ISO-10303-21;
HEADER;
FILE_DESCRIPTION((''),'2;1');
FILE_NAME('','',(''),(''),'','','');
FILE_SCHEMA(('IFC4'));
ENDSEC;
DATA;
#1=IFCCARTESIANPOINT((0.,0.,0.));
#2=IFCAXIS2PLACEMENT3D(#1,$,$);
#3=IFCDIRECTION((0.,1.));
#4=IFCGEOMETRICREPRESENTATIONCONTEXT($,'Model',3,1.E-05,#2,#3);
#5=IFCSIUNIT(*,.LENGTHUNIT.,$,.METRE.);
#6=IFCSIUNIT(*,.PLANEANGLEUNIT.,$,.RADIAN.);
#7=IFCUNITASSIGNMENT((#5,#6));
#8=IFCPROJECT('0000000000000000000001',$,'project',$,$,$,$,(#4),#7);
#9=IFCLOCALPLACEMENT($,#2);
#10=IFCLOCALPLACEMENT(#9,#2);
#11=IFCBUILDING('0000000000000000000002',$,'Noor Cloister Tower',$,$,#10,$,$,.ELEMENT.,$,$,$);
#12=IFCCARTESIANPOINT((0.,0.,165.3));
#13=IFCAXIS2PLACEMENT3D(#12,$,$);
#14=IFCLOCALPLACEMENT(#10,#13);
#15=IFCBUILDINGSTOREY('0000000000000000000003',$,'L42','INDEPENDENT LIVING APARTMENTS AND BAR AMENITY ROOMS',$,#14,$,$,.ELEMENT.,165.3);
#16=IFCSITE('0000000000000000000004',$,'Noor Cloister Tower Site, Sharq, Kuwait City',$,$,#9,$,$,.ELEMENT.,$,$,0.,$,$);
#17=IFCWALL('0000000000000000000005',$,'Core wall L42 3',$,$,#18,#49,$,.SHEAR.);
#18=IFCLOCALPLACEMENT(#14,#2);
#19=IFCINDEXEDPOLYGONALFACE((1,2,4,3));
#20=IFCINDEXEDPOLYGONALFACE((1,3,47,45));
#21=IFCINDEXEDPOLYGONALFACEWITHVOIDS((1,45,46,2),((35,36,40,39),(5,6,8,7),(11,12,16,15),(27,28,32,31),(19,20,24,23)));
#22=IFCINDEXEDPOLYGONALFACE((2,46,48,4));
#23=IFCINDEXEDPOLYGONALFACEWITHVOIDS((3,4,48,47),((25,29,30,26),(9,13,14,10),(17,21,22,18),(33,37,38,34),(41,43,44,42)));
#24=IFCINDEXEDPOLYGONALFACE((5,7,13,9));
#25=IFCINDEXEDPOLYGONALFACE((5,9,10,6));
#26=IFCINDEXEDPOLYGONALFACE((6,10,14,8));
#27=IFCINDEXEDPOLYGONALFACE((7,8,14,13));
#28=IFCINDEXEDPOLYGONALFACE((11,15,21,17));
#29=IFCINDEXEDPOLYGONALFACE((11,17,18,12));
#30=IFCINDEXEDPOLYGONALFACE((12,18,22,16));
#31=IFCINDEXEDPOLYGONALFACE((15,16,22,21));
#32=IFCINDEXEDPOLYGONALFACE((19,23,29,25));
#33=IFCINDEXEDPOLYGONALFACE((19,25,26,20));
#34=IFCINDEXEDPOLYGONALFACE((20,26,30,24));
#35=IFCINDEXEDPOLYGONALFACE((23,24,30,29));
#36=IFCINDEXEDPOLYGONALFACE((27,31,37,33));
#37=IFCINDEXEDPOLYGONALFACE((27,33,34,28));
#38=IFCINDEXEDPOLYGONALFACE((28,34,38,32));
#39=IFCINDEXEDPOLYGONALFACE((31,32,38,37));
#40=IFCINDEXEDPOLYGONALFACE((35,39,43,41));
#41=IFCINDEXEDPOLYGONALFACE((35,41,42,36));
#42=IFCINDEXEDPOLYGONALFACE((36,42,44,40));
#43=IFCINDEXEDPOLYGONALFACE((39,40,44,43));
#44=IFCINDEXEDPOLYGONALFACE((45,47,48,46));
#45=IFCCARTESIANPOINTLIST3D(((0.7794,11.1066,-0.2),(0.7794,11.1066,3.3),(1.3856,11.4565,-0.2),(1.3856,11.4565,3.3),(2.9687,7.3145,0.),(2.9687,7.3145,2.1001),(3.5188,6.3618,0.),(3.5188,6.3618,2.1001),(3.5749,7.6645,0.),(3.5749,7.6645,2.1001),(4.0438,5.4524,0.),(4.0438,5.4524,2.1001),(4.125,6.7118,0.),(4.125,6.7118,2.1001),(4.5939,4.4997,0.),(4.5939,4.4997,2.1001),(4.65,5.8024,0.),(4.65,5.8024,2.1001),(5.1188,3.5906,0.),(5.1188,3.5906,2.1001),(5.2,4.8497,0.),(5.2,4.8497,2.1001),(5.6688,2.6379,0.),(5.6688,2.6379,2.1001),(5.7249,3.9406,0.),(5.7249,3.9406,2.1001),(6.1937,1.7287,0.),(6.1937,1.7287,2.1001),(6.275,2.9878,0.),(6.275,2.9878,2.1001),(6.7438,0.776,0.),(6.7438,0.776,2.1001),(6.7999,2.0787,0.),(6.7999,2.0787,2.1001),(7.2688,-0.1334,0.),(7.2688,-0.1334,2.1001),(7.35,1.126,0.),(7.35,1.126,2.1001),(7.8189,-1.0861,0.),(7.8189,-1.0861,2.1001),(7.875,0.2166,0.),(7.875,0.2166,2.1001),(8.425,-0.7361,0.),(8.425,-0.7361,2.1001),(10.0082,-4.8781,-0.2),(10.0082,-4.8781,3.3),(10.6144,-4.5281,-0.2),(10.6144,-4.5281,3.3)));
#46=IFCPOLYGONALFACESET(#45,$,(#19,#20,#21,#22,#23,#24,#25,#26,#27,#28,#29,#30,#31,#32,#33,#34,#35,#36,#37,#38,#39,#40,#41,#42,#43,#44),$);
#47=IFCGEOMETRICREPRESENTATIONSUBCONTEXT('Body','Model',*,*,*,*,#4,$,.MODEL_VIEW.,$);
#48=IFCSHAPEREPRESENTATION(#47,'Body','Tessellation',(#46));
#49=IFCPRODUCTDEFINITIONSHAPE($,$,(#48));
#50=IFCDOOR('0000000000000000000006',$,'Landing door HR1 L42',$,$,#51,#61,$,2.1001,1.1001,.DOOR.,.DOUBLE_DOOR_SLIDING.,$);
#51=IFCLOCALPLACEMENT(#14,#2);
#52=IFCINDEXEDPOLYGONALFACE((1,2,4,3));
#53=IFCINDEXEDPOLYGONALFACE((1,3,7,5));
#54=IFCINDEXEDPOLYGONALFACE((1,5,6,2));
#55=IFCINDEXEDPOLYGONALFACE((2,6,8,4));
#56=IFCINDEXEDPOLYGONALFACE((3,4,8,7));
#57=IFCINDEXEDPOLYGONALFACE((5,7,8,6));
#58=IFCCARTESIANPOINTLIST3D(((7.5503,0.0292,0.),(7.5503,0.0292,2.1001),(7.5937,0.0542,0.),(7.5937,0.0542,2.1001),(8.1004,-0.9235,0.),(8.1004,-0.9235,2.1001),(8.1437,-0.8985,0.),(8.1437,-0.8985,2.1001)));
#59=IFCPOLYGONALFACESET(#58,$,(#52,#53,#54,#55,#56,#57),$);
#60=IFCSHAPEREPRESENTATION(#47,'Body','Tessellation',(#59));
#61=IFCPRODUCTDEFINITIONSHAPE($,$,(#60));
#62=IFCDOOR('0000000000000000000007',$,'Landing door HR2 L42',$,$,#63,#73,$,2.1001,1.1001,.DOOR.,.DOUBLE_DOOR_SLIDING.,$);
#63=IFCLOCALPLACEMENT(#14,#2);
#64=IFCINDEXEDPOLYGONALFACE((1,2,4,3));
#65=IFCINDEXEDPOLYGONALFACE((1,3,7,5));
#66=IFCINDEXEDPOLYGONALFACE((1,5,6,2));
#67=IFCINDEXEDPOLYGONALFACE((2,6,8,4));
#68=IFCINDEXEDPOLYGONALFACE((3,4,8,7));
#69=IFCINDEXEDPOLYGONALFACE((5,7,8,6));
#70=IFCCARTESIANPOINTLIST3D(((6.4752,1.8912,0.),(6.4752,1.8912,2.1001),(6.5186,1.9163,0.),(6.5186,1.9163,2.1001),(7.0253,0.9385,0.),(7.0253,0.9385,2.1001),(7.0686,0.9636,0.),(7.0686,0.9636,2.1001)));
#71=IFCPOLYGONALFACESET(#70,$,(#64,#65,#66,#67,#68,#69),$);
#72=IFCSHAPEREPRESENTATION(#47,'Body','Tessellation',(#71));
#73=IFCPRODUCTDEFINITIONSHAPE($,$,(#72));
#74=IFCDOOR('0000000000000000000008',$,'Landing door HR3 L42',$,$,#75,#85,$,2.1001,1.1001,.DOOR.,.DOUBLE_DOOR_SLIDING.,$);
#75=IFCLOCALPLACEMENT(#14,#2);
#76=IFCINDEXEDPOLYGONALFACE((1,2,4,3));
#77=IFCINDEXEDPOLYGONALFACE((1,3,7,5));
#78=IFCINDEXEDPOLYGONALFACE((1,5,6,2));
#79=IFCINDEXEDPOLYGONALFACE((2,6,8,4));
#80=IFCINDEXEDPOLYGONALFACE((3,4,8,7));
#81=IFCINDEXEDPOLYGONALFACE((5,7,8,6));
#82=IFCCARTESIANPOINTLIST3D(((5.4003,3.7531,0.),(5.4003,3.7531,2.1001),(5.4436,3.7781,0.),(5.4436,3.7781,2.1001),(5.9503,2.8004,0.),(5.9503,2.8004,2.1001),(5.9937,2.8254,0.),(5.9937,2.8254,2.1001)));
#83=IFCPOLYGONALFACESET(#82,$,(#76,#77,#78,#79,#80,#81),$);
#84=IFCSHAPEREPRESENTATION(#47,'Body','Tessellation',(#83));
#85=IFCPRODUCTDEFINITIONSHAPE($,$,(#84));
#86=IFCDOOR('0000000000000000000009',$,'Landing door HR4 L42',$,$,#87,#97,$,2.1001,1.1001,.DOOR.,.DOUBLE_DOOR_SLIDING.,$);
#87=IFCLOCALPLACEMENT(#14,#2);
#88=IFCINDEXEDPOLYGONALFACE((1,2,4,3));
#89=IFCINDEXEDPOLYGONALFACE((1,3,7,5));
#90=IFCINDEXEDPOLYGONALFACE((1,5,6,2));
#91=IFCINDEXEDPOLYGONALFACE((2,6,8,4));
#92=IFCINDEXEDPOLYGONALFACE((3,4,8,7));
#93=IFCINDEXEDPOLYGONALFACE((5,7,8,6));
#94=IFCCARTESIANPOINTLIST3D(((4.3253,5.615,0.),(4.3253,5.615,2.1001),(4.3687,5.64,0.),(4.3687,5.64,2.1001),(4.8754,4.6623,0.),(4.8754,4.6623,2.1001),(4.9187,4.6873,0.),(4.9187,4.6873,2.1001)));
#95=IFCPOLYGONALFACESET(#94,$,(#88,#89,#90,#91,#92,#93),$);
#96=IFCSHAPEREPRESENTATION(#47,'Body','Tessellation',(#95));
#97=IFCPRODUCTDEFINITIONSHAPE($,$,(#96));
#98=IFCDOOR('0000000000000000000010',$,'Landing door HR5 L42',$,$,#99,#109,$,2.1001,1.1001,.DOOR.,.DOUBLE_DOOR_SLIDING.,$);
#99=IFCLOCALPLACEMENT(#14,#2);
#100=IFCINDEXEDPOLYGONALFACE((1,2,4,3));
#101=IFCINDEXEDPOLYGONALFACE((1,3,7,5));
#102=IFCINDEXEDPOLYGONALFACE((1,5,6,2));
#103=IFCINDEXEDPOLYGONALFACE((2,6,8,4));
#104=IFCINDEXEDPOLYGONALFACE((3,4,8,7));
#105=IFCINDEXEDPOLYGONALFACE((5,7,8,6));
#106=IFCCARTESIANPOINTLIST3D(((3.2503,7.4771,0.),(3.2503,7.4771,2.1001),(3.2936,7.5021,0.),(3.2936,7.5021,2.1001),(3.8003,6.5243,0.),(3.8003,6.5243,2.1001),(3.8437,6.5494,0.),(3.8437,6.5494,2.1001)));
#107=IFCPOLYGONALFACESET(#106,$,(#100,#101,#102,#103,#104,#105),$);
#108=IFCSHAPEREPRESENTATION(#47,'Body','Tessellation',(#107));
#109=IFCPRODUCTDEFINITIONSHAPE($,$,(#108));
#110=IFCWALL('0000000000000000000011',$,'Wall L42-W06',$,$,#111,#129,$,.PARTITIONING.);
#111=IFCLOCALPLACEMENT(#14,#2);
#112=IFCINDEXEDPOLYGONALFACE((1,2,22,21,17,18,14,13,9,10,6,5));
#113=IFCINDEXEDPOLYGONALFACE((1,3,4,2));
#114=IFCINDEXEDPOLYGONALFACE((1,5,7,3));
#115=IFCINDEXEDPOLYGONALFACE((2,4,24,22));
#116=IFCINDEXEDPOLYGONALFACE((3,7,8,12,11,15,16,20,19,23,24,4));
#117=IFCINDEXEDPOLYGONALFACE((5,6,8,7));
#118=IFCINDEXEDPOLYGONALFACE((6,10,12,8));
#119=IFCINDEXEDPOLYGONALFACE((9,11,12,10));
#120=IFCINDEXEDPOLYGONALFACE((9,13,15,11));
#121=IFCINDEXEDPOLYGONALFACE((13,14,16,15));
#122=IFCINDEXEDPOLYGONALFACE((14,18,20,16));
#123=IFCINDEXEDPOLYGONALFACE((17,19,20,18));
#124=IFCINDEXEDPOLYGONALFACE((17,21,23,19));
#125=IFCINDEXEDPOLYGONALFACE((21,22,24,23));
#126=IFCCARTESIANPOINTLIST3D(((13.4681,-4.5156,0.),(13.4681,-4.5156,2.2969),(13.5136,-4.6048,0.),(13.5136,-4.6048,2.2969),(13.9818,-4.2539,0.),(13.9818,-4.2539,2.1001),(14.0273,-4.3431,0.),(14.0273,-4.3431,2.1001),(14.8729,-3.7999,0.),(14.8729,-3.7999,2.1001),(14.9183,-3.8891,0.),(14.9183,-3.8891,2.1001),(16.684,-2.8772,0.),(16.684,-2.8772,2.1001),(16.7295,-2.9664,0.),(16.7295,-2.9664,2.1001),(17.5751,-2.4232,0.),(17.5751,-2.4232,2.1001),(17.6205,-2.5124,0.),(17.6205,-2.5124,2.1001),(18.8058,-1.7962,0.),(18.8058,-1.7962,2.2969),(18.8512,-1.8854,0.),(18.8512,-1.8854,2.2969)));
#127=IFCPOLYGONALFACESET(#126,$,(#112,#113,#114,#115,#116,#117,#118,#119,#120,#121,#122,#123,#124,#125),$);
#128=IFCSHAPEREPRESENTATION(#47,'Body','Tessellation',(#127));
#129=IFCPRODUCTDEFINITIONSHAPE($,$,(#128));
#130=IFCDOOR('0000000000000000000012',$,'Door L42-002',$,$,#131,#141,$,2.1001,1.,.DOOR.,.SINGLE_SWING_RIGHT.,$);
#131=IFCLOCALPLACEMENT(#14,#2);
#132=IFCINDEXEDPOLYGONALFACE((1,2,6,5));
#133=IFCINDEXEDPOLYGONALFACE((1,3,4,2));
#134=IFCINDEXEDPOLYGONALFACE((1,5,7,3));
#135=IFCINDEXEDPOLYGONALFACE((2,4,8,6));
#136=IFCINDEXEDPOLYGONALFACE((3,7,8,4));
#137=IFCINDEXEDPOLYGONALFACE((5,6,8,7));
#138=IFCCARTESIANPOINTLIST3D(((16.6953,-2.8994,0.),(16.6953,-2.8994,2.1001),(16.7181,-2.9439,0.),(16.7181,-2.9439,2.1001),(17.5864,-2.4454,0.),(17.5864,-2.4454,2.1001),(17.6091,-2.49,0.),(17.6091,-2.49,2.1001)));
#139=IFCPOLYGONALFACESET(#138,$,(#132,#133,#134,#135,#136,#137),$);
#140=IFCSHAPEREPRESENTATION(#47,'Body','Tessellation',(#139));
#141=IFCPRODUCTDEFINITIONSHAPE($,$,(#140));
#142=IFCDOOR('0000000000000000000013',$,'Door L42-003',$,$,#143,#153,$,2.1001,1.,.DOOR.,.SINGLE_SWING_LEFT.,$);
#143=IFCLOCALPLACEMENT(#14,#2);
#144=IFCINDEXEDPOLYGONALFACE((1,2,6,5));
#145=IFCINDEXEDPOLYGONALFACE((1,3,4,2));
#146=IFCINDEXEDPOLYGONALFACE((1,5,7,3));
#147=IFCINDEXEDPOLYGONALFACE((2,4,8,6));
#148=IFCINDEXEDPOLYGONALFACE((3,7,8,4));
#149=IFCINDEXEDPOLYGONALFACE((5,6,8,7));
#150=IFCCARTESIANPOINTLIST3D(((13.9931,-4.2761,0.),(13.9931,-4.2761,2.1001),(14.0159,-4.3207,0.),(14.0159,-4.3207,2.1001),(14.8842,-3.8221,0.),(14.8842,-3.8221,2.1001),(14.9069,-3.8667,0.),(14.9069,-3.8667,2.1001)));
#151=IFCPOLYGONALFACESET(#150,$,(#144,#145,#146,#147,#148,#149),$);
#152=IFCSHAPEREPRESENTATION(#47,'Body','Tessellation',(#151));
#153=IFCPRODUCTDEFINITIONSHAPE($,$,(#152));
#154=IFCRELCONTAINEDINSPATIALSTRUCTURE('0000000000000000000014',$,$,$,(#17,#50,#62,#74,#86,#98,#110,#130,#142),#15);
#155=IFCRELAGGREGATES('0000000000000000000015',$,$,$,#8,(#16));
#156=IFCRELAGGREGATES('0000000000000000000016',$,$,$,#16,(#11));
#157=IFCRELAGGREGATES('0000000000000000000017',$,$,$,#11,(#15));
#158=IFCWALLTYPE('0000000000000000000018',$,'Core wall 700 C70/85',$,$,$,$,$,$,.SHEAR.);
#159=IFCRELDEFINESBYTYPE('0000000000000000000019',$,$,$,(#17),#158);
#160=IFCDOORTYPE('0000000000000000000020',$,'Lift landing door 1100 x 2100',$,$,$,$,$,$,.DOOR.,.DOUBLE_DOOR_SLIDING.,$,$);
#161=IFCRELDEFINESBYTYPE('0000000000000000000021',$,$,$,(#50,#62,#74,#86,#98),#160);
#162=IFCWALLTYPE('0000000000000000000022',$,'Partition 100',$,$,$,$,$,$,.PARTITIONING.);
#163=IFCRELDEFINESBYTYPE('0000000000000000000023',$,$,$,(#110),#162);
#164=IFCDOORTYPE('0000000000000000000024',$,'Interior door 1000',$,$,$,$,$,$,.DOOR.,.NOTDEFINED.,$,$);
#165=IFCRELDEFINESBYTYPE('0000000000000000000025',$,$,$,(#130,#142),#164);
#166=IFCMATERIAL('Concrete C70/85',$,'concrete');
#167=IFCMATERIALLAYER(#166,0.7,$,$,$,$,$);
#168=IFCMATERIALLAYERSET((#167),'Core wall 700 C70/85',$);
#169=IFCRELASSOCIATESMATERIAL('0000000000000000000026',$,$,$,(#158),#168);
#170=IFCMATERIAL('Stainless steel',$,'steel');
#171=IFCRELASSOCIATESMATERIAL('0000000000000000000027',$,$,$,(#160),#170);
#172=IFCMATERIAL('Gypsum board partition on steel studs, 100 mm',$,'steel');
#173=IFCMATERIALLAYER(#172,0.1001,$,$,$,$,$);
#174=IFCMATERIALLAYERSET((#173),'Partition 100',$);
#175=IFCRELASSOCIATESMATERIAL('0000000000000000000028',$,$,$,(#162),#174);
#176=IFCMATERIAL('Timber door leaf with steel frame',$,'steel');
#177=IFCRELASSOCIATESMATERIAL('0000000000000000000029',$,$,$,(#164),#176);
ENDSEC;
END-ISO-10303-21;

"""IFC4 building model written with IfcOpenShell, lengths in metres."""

from ifc_helpers import new_model, si_unit, direction, frame, frame_2d, origin, place, context, subcontext, project, spatial, rectangle, extrude, material, layer, layer_set, type_object, element, fill, save


model = new_model("IFC4")

# Units and contexts
model_context = context("Model", 3, precision=1e-05, world=origin(), true_north=direction((0.0, 1.0)))
body_context = subcontext(model_context, "Body", "Model", "MODEL_VIEW")
ifc_project = project(units=[si_unit("LENGTHUNIT", "METRE"), si_unit("PLANEANGLEUNIT", "RADIAN")], contexts=[model_context])

# Site, building, storey
site_placement = place(None, origin())
site = spatial("IfcSite", under=ifc_project, at=site_placement, Name="Noor Cloister Tower Site, Sharq, Kuwait City", CompositionType="ELEMENT", RefElevation=0.0)
building_placement = place(site_placement, origin())
building = spatial("IfcBuilding", under=site, at=building_placement, Name="Noor Cloister Tower", CompositionType="ELEMENT")
storey_placement = place(building_placement, frame((0.0, 0.0, 165.3)))
storey = spatial("IfcBuildingStorey", under=building, at=storey_placement, Name="L42", Description="INDEPENDENT LIVING APARTMENTS AND BAR AMENITY ROOMS", CompositionType="ELEMENT", Elevation=165.3)

# Walls, openings, doors
ifc_material_1 = material(Name="Concrete C70/85", Category="concrete")
ifc_layer_1 = layer(ifc_material_1, 0.7)
ifc_layer_set_1 = layer_set([ifc_layer_1], Name="Core wall 700 C70/85")
wall_type_1 = type_object("IfcWallType", Name="Core wall 700 C70/85", PredefinedType="SHEAR", material=ifc_layer_set_1)
wall_1_placement = place(storey_placement, frame((10.3113, -4.7031, -0.2), z_axis=(0.0, 0.0, 1.0), x_axis=(-0.500001, 0.866025, 0.0)))
wall_1 = element("IfcWall", 1, at=wall_1_placement, inside=storey, type_object=wall_type_1, Name="Core wall L42 3", PredefinedType="SHEAR", context=body_context, shape_type="SweptSolid", body=[
    extrude(rectangle(XDim=18.4575, YDim=0.7, at=frame_2d((9.2288, 0.0))), origin(), (0.0, 0.0, 1.0), 3.5),
])
opening_1_placement = place(wall_1_placement, frame((4.3787, 0.0, 0.2)))
opening_1 = element("IfcOpeningElement", 2, at=opening_1_placement, cuts=wall_1, PredefinedType="OPENING", context=body_context, shape_type="SweptSolid", body=[
    extrude(rectangle(XDim=1.1001, YDim=2.1001, at=frame_2d((0.55, 1.05))), frame((0.0, 0.3599, 0.0), z_axis=(0.0, -1.0, 0.0), x_axis=(1.0, 0.0, 0.0)), (0.0, 0.0, 1.0), 0.72),
])
opening_2_placement = place(wall_1_placement, frame((6.5288, 0.0, 0.2)))
opening_2 = element("IfcOpeningElement", 3, at=opening_2_placement, cuts=wall_1, PredefinedType="OPENING", context=body_context, shape_type="SweptSolid", body=[
    extrude(rectangle(XDim=1.1001, YDim=2.1001, at=frame_2d((0.55, 1.05))), frame((0.0, 0.3599, 0.0), z_axis=(0.0, -1.0, 0.0), x_axis=(1.0, 0.0, 0.0)), (0.0, 0.0, 1.0), 0.72),
])
opening_3_placement = place(wall_1_placement, frame((8.6787, 0.0, 0.2)))
opening_3 = element("IfcOpeningElement", 4, at=opening_3_placement, cuts=wall_1, PredefinedType="OPENING", context=body_context, shape_type="SweptSolid", body=[
    extrude(rectangle(XDim=1.1001, YDim=2.1001, at=frame_2d((0.55, 1.05))), frame((0.0, 0.3599, 0.0), z_axis=(0.0, -1.0, 0.0), x_axis=(1.0, 0.0, 0.0)), (0.0, 0.0, 1.0), 0.72),
])
opening_4_placement = place(wall_1_placement, frame((10.8286, 0.0, 0.2)))
opening_4 = element("IfcOpeningElement", 5, at=opening_4_placement, cuts=wall_1, PredefinedType="OPENING", context=body_context, shape_type="SweptSolid", body=[
    extrude(rectangle(XDim=1.1001, YDim=2.1001, at=frame_2d((0.55, 1.05))), frame((0.0, 0.3599, 0.0), z_axis=(0.0, -1.0, 0.0), x_axis=(1.0, 0.0, 0.0)), (0.0, 0.0, 1.0), 0.72),
])
opening_5_placement = place(wall_1_placement, frame((12.9788, 0.0, 0.2)))
opening_5 = element("IfcOpeningElement", 6, at=opening_5_placement, cuts=wall_1, PredefinedType="OPENING", context=body_context, shape_type="SweptSolid", body=[
    extrude(rectangle(XDim=1.1001, YDim=2.1001, at=frame_2d((0.55, 1.05))), frame((0.0, 0.3599, 0.0), z_axis=(0.0, -1.0, 0.0), x_axis=(1.0, 0.0, 0.0)), (0.0, 0.0, 1.0), 0.72),
])
ifc_material_2 = material(Name="Stainless steel", Category="steel")
door_type_1 = type_object("IfcDoorType", Name="Lift landing door 1100 x 2100", OperationType="DOUBLE_DOOR_SLIDING", PredefinedType="DOOR", material=ifc_material_2)
door_1_placement = place(opening_1_placement, origin())
door_1 = element("IfcDoor", 7, at=door_1_placement, inside=storey, type_object=door_type_1, Name="Landing door HR1 L42", OperationType="DOUBLE_DOOR_SLIDING", OverallHeight=2.1001, OverallWidth=1.1001, PredefinedType="DOOR", context=body_context, shape_type="SweptSolid", body=[
    extrude(rectangle(XDim=1.1001, YDim=2.1001, at=frame_2d((0.55, 1.05))), frame((0.0, 0.0249, 0.0), z_axis=(0.0, -1.0, 0.0), x_axis=(1.0, 0.0, 0.0)), (0.0, 0.0, 1.0), 0.05),
])
fill(opening_1, door_1)
door_2_placement = place(opening_2_placement, origin())
door_2 = element("IfcDoor", 8, at=door_2_placement, inside=storey, type_object=door_type_1, Name="Landing door HR2 L42", OperationType="DOUBLE_DOOR_SLIDING", OverallHeight=2.1001, OverallWidth=1.1001, PredefinedType="DOOR", context=body_context, shape_type="SweptSolid", body=[
    extrude(rectangle(XDim=1.1001, YDim=2.1001, at=frame_2d((0.55, 1.05))), frame((0.0, 0.0249, 0.0), z_axis=(0.0, -1.0, 0.0), x_axis=(1.0, 0.0, 0.0)), (0.0, 0.0, 1.0), 0.05),
])
fill(opening_2, door_2)
door_3_placement = place(opening_3_placement, origin())
door_3 = element("IfcDoor", 9, at=door_3_placement, inside=storey, type_object=door_type_1, Name="Landing door HR3 L42", OperationType="DOUBLE_DOOR_SLIDING", OverallHeight=2.1001, OverallWidth=1.1001, PredefinedType="DOOR", context=body_context, shape_type="SweptSolid", body=[
    extrude(rectangle(XDim=1.1001, YDim=2.1001, at=frame_2d((0.55, 1.05))), frame((0.0, 0.0249, 0.0), z_axis=(0.0, -1.0, 0.0), x_axis=(1.0, 0.0, 0.0)), (0.0, 0.0, 1.0), 0.05),
])
fill(opening_3, door_3)
door_4_placement = place(opening_4_placement, origin())
door_4 = element("IfcDoor", 10, at=door_4_placement, inside=storey, type_object=door_type_1, Name="Landing door HR4 L42", OperationType="DOUBLE_DOOR_SLIDING", OverallHeight=2.1001, OverallWidth=1.1001, PredefinedType="DOOR", context=body_context, shape_type="SweptSolid", body=[
    extrude(rectangle(XDim=1.1001, YDim=2.1001, at=frame_2d((0.55, 1.05))), frame((0.0, 0.0249, 0.0), z_axis=(0.0, -1.0, 0.0), x_axis=(1.0, 0.0, 0.0)), (0.0, 0.0, 1.0), 0.05),
])
fill(opening_4, door_4)
door_5_placement = place(opening_5_placement, origin())
door_5 = element("IfcDoor", 11, at=door_5_placement, inside=storey, type_object=door_type_1, Name="Landing door HR5 L42", OperationType="DOUBLE_DOOR_SLIDING", OverallHeight=2.1001, OverallWidth=1.1001, PredefinedType="DOOR", context=body_context, shape_type="SweptSolid", body=[
    extrude(rectangle(XDim=1.1001, YDim=2.1001, at=frame_2d((0.55, 1.05))), frame((0.0, 0.0249, 0.0), z_axis=(0.0, -1.0, 0.0), x_axis=(1.0, 0.0, 0.0)), (0.0, 0.0, 1.0), 0.05),
])
fill(opening_5, door_5)
ifc_material_3 = material(Name="Gypsum board partition on steel studs, 100 mm", Category="steel")
ifc_layer_2 = layer(ifc_material_3, 0.1001)
ifc_layer_set_2 = layer_set([ifc_layer_2], Name="Partition 100")
wall_type_2 = type_object("IfcWallType", Name="Partition 100", PredefinedType="PARTITIONING", material=ifc_layer_set_2)
wall_2_placement = place(storey_placement, frame((18.8284, -1.8408, 0.0), z_axis=(0.0, 0.0, 1.0), x_axis=(-0.891019, -0.453966, 0.0)))
wall_2 = element("IfcWall", 12, at=wall_2_placement, inside=storey, type_object=wall_type_2, Name="Wall L42-W06", PredefinedType="PARTITIONING", context=body_context, shape_type="SweptSolid", body=[
    extrude(rectangle(XDim=5.9905, YDim=0.1001, at=frame_2d((2.9951, 0.0))), origin(), (0.0, 0.0, 1.0), 2.2969),
])
opening_6_placement = place(wall_2_placement, frame((1.3811, 0.0, 0.0)))
opening_6 = element("IfcOpeningElement", 13, at=opening_6_placement, cuts=wall_2, PredefinedType="OPENING", context=body_context, shape_type="SweptSolid", body=[
    extrude(rectangle(XDim=1.0, YDim=2.1001, at=frame_2d((0.5, 1.05))), frame((0.0, 0.0601, 0.0), z_axis=(0.0, -1.0, 0.0), x_axis=(1.0, 0.0, 0.0)), (0.0, 0.0, 1.0), 0.1201),
])
opening_7_placement = place(wall_2_placement, frame((4.4138, 0.0, 0.0)))
opening_7 = element("IfcOpeningElement", 14, at=opening_7_placement, cuts=wall_2, PredefinedType="OPENING", context=body_context, shape_type="SweptSolid", body=[
    extrude(rectangle(XDim=1.0, YDim=2.1001, at=frame_2d((0.5, 1.05))), frame((0.0, 0.0601, 0.0), z_axis=(0.0, -1.0, 0.0), x_axis=(1.0, 0.0, 0.0)), (0.0, 0.0, 1.0), 0.1201),
])
ifc_material_4 = material(Name="Timber door leaf with steel frame", Category="steel")
door_type_2 = type_object("IfcDoorType", Name="Interior door 1000", OperationType="NOTDEFINED", PredefinedType="DOOR", material=ifc_material_4)
door_6_placement = place(opening_6_placement, origin())
door_6 = element("IfcDoor", 15, at=door_6_placement, inside=storey, type_object=door_type_2, Name="Door L42-002", OperationType="SINGLE_SWING_RIGHT", OverallHeight=2.1001, OverallWidth=1.0, PredefinedType="DOOR", context=body_context, shape_type="SweptSolid", body=[
    extrude(rectangle(XDim=1.0, YDim=2.1001, at=frame_2d((0.5, 1.05))), frame((0.0, 0.0249, 0.0), z_axis=(0.0, -1.0, 0.0), x_axis=(1.0, 0.0, 0.0)), (0.0, 0.0, 1.0), 0.05),
])
fill(opening_6, door_6)
door_7_placement = place(opening_7_placement, origin())
door_7 = element("IfcDoor", 16, at=door_7_placement, inside=storey, type_object=door_type_2, Name="Door L42-003", OperationType="SINGLE_SWING_LEFT", OverallHeight=2.1001, OverallWidth=1.0, PredefinedType="DOOR", context=body_context, shape_type="SweptSolid", body=[
    extrude(rectangle(XDim=1.0, YDim=2.1001, at=frame_2d((0.5, 1.05))), frame((0.0, 0.0249, 0.0), z_axis=(0.0, -1.0, 0.0), x_axis=(1.0, 0.0, 0.0)), (0.0, 0.0, 1.0), 0.05),
])
fill(opening_7, door_7)

save(model, "model.ifc")
